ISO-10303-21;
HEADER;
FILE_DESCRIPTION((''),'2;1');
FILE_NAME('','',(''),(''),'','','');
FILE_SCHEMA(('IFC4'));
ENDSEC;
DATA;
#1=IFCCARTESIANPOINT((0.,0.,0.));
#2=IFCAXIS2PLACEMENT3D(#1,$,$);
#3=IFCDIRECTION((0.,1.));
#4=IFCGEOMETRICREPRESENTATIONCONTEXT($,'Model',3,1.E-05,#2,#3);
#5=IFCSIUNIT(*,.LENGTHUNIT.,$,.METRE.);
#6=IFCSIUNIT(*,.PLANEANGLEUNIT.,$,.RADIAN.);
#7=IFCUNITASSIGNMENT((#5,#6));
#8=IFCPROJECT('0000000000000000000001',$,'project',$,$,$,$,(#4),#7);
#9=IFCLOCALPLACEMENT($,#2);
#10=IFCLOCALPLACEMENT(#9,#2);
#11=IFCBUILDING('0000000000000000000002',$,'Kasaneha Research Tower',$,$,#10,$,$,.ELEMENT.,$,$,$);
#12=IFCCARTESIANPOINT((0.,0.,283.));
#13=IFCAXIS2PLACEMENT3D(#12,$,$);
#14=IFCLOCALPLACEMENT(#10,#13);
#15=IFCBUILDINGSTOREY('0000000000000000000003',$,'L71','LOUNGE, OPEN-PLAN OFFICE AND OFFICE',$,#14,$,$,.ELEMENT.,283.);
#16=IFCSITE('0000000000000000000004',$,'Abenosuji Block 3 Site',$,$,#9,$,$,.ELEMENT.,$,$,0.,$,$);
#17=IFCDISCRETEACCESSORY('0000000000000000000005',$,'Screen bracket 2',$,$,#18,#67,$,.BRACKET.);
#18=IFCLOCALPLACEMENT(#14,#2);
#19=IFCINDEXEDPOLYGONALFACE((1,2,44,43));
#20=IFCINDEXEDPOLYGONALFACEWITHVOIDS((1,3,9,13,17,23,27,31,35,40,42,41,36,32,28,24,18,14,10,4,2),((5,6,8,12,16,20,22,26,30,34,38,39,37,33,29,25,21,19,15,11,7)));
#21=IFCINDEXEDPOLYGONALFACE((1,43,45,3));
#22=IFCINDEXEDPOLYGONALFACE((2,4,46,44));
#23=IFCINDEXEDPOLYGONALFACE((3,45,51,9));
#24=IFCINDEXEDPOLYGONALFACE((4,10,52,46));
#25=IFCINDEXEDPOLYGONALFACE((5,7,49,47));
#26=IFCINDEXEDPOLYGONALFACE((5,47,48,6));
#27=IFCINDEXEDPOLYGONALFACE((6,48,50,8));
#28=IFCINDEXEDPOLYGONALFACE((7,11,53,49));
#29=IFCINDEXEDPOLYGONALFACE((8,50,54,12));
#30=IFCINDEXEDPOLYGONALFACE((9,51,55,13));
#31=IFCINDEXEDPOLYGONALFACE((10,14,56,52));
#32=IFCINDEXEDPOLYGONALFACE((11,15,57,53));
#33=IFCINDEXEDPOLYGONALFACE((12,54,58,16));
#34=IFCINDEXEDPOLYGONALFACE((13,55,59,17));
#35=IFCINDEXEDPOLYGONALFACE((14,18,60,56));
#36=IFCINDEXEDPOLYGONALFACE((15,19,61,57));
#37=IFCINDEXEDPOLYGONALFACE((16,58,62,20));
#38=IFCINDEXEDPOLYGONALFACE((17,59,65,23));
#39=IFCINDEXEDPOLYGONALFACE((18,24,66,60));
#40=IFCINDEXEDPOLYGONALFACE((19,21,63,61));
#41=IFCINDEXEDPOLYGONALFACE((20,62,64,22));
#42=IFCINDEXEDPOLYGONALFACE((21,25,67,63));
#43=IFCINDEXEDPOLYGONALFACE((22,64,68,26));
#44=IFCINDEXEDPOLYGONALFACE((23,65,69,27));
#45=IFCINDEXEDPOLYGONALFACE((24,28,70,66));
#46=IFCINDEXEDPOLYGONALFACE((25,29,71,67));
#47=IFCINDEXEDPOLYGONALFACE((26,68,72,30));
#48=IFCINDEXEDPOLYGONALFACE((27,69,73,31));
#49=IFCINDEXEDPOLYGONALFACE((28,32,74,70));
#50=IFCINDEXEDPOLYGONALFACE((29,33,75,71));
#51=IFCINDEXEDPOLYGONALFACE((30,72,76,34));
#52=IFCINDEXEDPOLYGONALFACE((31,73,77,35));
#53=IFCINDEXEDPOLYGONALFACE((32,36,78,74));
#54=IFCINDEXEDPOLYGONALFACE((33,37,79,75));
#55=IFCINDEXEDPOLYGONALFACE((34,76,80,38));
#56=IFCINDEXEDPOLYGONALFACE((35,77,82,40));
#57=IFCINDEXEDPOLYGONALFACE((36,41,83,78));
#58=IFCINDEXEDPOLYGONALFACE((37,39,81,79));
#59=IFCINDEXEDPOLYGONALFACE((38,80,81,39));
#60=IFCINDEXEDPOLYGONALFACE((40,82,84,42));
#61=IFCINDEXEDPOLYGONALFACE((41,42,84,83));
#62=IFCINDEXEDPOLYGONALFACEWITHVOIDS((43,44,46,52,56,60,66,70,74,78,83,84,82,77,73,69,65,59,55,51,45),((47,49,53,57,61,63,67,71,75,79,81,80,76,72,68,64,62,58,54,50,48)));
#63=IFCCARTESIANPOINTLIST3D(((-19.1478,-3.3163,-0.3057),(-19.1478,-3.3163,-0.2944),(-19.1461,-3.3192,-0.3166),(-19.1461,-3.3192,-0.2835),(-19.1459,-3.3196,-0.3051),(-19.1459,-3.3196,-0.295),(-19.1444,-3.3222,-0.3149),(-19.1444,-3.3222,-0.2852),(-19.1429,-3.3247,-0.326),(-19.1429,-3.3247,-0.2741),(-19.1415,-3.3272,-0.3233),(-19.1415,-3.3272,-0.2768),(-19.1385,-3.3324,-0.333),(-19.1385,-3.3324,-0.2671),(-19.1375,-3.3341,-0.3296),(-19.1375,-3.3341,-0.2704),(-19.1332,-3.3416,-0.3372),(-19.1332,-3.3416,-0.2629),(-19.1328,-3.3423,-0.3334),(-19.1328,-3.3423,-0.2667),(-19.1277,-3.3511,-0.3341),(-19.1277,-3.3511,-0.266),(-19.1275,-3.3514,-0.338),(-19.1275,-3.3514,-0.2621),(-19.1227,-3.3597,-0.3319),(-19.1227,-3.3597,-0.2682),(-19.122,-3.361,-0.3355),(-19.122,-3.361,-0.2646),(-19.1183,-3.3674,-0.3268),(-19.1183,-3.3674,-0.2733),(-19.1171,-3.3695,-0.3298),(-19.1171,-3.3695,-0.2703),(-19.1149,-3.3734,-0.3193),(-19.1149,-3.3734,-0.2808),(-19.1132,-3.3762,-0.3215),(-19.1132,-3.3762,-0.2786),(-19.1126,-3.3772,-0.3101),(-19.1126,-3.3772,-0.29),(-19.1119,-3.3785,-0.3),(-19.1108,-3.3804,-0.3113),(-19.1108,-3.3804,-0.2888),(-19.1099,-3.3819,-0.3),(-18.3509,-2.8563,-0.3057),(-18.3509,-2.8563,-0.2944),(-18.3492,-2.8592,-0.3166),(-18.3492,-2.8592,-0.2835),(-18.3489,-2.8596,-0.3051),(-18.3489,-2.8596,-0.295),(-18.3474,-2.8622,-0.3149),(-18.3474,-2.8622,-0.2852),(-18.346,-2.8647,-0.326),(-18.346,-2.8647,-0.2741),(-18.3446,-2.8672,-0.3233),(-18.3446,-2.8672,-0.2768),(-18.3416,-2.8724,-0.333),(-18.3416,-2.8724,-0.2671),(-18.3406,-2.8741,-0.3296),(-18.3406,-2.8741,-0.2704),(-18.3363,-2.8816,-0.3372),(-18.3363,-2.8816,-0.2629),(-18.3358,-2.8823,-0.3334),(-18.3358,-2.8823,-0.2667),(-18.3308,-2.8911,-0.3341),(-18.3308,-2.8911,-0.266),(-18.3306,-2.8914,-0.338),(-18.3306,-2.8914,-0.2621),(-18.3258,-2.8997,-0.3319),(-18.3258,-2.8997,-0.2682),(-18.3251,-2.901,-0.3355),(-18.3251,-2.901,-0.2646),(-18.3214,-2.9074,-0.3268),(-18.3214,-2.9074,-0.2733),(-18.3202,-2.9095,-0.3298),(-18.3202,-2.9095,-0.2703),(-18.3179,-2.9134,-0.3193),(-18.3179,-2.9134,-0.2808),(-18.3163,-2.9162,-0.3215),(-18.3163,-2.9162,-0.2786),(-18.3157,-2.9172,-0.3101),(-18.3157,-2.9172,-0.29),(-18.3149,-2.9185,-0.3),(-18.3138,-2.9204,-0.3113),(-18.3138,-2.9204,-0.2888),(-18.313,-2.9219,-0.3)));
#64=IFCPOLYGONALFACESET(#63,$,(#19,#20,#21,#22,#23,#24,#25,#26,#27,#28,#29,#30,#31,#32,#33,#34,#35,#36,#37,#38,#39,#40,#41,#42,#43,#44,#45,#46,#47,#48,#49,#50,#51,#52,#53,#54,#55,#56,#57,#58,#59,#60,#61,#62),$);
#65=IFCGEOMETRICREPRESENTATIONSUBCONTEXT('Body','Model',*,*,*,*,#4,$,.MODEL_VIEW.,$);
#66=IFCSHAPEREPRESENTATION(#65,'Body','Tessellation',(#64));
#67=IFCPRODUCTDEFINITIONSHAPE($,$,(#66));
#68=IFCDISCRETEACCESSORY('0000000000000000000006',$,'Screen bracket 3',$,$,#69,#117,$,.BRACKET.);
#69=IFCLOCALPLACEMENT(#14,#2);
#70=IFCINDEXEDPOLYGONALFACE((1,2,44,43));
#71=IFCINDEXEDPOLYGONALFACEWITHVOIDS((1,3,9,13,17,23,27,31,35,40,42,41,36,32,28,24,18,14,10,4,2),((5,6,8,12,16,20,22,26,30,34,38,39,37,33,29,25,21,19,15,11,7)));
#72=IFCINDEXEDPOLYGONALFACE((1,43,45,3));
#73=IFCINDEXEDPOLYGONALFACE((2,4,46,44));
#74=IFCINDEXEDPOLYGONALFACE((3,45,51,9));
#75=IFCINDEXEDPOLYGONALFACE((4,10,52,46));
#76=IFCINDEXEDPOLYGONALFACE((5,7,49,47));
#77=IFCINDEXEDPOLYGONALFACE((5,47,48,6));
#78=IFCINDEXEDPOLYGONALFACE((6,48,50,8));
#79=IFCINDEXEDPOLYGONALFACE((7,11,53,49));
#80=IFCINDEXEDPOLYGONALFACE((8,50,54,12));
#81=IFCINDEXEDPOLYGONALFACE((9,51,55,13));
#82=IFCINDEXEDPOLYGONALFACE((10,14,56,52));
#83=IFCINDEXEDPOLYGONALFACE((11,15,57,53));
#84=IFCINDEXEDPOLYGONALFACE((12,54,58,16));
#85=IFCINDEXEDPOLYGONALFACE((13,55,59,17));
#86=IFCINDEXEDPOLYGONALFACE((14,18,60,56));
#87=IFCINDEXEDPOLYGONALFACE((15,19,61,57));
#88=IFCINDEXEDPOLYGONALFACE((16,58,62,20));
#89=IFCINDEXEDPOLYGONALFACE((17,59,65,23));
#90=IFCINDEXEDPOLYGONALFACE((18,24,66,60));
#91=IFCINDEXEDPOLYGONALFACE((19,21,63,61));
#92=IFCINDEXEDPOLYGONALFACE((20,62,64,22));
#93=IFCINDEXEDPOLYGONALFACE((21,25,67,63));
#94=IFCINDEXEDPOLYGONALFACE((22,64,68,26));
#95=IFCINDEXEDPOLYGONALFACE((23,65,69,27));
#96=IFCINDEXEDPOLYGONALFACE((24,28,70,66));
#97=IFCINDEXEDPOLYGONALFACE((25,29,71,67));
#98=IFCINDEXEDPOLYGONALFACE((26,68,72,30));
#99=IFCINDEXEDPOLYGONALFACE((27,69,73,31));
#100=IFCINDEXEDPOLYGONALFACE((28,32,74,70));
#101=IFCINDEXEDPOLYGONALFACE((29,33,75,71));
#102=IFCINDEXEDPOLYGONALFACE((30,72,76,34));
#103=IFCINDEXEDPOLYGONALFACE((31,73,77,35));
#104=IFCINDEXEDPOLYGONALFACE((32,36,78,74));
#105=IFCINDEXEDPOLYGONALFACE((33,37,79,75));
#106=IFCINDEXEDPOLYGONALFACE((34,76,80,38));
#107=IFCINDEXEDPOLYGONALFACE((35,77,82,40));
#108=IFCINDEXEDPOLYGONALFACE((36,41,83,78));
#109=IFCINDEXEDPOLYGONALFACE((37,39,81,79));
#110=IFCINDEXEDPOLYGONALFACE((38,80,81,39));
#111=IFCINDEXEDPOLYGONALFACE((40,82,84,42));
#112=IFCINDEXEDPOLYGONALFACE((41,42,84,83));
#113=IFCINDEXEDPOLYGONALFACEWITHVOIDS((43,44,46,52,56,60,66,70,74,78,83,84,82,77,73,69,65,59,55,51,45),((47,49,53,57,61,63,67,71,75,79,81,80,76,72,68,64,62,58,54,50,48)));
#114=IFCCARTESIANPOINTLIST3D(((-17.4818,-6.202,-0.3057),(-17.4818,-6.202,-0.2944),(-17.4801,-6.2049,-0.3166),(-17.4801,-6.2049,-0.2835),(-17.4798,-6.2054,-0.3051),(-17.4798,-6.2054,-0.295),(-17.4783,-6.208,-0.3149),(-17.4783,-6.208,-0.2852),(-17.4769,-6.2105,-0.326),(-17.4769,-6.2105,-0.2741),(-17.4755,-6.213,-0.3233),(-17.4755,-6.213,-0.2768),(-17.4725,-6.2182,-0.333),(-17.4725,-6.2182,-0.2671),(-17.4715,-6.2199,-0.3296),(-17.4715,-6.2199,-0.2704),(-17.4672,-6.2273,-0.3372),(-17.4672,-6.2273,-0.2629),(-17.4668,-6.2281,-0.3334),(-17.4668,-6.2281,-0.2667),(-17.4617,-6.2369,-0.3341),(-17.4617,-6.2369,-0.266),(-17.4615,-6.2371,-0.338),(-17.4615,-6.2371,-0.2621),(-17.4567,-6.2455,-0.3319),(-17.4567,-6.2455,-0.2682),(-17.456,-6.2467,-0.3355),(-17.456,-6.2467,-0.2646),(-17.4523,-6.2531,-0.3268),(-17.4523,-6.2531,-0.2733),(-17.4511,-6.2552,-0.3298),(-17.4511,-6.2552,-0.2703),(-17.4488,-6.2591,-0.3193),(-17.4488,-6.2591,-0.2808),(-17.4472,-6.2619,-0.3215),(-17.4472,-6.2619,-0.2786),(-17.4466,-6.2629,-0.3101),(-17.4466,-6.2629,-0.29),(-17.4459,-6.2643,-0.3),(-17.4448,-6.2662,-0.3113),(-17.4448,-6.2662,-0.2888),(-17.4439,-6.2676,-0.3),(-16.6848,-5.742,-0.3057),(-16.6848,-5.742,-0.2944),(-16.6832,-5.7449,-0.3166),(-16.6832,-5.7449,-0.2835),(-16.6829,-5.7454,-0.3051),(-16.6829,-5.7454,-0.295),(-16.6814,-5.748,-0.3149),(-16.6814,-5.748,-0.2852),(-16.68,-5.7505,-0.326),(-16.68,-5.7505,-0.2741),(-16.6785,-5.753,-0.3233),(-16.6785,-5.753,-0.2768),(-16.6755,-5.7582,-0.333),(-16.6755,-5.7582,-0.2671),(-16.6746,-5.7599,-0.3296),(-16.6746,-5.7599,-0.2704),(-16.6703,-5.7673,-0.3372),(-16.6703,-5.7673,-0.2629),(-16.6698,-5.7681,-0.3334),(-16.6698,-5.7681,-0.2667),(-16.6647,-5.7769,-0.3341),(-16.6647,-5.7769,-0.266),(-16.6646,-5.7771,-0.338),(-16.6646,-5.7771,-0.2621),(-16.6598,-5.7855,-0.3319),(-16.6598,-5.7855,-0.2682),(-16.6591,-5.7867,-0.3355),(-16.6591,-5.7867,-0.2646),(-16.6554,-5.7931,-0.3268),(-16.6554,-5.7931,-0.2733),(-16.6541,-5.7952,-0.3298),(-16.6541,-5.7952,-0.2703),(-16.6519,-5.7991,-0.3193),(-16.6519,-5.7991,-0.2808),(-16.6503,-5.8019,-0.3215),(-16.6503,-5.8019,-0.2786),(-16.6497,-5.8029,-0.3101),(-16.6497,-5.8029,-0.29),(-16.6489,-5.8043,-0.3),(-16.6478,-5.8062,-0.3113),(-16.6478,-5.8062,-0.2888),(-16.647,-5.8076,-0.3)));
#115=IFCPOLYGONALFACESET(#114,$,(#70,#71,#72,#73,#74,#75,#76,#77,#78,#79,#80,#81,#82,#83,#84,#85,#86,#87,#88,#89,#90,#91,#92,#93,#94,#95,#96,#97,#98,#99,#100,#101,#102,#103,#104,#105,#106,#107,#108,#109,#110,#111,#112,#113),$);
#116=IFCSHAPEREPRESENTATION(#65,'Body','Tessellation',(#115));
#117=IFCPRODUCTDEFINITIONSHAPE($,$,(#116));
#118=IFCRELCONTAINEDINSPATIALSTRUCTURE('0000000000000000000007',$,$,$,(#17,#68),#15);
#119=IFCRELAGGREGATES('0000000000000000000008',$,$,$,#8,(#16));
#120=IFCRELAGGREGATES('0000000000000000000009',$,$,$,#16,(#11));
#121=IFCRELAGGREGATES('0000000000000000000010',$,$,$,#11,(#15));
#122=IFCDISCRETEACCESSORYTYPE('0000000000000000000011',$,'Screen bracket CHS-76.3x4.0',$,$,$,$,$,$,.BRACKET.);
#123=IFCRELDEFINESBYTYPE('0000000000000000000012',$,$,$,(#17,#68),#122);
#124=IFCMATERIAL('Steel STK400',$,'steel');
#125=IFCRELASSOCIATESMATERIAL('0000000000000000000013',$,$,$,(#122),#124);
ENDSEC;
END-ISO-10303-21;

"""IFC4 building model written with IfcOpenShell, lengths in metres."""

from ifc_helpers import new_model, si_unit, direction, frame, origin, origin_2d, place, context, subcontext, project, spatial, hollow_circle, extrude, material, material_profile, profile_set, type_object, element, save


model = new_model("IFC4")

# Units and contexts
model_context = context("Model", 3, precision=1e-05, world=origin(), true_north=direction((0.0, 1.0)))
body_context = subcontext(model_context, "Body", "Model", "MODEL_VIEW")
ifc_project = project(units=[si_unit("LENGTHUNIT", "METRE"), si_unit("PLANEANGLEUNIT", "RADIAN")], contexts=[model_context])

# Site, building, storey
site_placement = place(None, origin())
site = spatial("IfcSite", under=ifc_project, at=site_placement, Name="Abenosuji Block 3 Site", CompositionType="ELEMENT", RefElevation=0.0)
building_placement = place(site_placement, origin())
building = spatial("IfcBuilding", under=site, at=building_placement, Name="Kasaneha Research Tower", CompositionType="ELEMENT")
storey_placement = place(building_placement, frame((0.0, 0.0, 283.0)))
storey = spatial("IfcBuildingStorey", under=building, at=storey_placement, Name="L71", Description="LOUNGE, OPEN-PLAN OFFICE AND OFFICE", CompositionType="ELEMENT", Elevation=283.0)

# Discrete accessories
ifc_material_1 = material(Name="Steel STK400", Category="steel")
ifc_material_profile_1 = material_profile(ifc_material_1, hollow_circle(Radius=0.0381, WallThickness=0.0039, at=origin_2d()), Name="CHS-76.3x4.0")
ifc_profile_set_1 = profile_set([ifc_material_profile_1], Name="Steel STK400")
discrete_accessory_type = type_object("IfcDiscreteAccessoryType", Name="Screen bracket CHS-76.3x4.0", PredefinedType="BRACKET", material=ifc_profile_set_1)
for number, where, z_axis, x_axis, name in (
    (1, (-18.332, -2.8889, -0.3), (-0.86608, -0.499906, 0.0), (0.499906, -0.86608, 0.0), "Screen bracket 2"),
    (2, (-16.666, -5.7747, -0.3), (-0.86608, -0.499906, 0.0), (0.499906, -0.86608, 0.0), "Screen bracket 3"),
):
    element("IfcDiscreteAccessory", number, at=place(storey_placement, frame(where, z_axis=z_axis, x_axis=x_axis)), inside=storey, type_object=discrete_accessory_type, Name=name, PredefinedType="BRACKET", context=body_context, shape_type="SweptSolid", body=[
        extrude(hollow_circle(Radius=0.0381, WallThickness=0.0039, at=origin_2d()), origin(), (0.0, 0.0, 1.0), 0.9202),
    ])

save(model, "model.ifc")
